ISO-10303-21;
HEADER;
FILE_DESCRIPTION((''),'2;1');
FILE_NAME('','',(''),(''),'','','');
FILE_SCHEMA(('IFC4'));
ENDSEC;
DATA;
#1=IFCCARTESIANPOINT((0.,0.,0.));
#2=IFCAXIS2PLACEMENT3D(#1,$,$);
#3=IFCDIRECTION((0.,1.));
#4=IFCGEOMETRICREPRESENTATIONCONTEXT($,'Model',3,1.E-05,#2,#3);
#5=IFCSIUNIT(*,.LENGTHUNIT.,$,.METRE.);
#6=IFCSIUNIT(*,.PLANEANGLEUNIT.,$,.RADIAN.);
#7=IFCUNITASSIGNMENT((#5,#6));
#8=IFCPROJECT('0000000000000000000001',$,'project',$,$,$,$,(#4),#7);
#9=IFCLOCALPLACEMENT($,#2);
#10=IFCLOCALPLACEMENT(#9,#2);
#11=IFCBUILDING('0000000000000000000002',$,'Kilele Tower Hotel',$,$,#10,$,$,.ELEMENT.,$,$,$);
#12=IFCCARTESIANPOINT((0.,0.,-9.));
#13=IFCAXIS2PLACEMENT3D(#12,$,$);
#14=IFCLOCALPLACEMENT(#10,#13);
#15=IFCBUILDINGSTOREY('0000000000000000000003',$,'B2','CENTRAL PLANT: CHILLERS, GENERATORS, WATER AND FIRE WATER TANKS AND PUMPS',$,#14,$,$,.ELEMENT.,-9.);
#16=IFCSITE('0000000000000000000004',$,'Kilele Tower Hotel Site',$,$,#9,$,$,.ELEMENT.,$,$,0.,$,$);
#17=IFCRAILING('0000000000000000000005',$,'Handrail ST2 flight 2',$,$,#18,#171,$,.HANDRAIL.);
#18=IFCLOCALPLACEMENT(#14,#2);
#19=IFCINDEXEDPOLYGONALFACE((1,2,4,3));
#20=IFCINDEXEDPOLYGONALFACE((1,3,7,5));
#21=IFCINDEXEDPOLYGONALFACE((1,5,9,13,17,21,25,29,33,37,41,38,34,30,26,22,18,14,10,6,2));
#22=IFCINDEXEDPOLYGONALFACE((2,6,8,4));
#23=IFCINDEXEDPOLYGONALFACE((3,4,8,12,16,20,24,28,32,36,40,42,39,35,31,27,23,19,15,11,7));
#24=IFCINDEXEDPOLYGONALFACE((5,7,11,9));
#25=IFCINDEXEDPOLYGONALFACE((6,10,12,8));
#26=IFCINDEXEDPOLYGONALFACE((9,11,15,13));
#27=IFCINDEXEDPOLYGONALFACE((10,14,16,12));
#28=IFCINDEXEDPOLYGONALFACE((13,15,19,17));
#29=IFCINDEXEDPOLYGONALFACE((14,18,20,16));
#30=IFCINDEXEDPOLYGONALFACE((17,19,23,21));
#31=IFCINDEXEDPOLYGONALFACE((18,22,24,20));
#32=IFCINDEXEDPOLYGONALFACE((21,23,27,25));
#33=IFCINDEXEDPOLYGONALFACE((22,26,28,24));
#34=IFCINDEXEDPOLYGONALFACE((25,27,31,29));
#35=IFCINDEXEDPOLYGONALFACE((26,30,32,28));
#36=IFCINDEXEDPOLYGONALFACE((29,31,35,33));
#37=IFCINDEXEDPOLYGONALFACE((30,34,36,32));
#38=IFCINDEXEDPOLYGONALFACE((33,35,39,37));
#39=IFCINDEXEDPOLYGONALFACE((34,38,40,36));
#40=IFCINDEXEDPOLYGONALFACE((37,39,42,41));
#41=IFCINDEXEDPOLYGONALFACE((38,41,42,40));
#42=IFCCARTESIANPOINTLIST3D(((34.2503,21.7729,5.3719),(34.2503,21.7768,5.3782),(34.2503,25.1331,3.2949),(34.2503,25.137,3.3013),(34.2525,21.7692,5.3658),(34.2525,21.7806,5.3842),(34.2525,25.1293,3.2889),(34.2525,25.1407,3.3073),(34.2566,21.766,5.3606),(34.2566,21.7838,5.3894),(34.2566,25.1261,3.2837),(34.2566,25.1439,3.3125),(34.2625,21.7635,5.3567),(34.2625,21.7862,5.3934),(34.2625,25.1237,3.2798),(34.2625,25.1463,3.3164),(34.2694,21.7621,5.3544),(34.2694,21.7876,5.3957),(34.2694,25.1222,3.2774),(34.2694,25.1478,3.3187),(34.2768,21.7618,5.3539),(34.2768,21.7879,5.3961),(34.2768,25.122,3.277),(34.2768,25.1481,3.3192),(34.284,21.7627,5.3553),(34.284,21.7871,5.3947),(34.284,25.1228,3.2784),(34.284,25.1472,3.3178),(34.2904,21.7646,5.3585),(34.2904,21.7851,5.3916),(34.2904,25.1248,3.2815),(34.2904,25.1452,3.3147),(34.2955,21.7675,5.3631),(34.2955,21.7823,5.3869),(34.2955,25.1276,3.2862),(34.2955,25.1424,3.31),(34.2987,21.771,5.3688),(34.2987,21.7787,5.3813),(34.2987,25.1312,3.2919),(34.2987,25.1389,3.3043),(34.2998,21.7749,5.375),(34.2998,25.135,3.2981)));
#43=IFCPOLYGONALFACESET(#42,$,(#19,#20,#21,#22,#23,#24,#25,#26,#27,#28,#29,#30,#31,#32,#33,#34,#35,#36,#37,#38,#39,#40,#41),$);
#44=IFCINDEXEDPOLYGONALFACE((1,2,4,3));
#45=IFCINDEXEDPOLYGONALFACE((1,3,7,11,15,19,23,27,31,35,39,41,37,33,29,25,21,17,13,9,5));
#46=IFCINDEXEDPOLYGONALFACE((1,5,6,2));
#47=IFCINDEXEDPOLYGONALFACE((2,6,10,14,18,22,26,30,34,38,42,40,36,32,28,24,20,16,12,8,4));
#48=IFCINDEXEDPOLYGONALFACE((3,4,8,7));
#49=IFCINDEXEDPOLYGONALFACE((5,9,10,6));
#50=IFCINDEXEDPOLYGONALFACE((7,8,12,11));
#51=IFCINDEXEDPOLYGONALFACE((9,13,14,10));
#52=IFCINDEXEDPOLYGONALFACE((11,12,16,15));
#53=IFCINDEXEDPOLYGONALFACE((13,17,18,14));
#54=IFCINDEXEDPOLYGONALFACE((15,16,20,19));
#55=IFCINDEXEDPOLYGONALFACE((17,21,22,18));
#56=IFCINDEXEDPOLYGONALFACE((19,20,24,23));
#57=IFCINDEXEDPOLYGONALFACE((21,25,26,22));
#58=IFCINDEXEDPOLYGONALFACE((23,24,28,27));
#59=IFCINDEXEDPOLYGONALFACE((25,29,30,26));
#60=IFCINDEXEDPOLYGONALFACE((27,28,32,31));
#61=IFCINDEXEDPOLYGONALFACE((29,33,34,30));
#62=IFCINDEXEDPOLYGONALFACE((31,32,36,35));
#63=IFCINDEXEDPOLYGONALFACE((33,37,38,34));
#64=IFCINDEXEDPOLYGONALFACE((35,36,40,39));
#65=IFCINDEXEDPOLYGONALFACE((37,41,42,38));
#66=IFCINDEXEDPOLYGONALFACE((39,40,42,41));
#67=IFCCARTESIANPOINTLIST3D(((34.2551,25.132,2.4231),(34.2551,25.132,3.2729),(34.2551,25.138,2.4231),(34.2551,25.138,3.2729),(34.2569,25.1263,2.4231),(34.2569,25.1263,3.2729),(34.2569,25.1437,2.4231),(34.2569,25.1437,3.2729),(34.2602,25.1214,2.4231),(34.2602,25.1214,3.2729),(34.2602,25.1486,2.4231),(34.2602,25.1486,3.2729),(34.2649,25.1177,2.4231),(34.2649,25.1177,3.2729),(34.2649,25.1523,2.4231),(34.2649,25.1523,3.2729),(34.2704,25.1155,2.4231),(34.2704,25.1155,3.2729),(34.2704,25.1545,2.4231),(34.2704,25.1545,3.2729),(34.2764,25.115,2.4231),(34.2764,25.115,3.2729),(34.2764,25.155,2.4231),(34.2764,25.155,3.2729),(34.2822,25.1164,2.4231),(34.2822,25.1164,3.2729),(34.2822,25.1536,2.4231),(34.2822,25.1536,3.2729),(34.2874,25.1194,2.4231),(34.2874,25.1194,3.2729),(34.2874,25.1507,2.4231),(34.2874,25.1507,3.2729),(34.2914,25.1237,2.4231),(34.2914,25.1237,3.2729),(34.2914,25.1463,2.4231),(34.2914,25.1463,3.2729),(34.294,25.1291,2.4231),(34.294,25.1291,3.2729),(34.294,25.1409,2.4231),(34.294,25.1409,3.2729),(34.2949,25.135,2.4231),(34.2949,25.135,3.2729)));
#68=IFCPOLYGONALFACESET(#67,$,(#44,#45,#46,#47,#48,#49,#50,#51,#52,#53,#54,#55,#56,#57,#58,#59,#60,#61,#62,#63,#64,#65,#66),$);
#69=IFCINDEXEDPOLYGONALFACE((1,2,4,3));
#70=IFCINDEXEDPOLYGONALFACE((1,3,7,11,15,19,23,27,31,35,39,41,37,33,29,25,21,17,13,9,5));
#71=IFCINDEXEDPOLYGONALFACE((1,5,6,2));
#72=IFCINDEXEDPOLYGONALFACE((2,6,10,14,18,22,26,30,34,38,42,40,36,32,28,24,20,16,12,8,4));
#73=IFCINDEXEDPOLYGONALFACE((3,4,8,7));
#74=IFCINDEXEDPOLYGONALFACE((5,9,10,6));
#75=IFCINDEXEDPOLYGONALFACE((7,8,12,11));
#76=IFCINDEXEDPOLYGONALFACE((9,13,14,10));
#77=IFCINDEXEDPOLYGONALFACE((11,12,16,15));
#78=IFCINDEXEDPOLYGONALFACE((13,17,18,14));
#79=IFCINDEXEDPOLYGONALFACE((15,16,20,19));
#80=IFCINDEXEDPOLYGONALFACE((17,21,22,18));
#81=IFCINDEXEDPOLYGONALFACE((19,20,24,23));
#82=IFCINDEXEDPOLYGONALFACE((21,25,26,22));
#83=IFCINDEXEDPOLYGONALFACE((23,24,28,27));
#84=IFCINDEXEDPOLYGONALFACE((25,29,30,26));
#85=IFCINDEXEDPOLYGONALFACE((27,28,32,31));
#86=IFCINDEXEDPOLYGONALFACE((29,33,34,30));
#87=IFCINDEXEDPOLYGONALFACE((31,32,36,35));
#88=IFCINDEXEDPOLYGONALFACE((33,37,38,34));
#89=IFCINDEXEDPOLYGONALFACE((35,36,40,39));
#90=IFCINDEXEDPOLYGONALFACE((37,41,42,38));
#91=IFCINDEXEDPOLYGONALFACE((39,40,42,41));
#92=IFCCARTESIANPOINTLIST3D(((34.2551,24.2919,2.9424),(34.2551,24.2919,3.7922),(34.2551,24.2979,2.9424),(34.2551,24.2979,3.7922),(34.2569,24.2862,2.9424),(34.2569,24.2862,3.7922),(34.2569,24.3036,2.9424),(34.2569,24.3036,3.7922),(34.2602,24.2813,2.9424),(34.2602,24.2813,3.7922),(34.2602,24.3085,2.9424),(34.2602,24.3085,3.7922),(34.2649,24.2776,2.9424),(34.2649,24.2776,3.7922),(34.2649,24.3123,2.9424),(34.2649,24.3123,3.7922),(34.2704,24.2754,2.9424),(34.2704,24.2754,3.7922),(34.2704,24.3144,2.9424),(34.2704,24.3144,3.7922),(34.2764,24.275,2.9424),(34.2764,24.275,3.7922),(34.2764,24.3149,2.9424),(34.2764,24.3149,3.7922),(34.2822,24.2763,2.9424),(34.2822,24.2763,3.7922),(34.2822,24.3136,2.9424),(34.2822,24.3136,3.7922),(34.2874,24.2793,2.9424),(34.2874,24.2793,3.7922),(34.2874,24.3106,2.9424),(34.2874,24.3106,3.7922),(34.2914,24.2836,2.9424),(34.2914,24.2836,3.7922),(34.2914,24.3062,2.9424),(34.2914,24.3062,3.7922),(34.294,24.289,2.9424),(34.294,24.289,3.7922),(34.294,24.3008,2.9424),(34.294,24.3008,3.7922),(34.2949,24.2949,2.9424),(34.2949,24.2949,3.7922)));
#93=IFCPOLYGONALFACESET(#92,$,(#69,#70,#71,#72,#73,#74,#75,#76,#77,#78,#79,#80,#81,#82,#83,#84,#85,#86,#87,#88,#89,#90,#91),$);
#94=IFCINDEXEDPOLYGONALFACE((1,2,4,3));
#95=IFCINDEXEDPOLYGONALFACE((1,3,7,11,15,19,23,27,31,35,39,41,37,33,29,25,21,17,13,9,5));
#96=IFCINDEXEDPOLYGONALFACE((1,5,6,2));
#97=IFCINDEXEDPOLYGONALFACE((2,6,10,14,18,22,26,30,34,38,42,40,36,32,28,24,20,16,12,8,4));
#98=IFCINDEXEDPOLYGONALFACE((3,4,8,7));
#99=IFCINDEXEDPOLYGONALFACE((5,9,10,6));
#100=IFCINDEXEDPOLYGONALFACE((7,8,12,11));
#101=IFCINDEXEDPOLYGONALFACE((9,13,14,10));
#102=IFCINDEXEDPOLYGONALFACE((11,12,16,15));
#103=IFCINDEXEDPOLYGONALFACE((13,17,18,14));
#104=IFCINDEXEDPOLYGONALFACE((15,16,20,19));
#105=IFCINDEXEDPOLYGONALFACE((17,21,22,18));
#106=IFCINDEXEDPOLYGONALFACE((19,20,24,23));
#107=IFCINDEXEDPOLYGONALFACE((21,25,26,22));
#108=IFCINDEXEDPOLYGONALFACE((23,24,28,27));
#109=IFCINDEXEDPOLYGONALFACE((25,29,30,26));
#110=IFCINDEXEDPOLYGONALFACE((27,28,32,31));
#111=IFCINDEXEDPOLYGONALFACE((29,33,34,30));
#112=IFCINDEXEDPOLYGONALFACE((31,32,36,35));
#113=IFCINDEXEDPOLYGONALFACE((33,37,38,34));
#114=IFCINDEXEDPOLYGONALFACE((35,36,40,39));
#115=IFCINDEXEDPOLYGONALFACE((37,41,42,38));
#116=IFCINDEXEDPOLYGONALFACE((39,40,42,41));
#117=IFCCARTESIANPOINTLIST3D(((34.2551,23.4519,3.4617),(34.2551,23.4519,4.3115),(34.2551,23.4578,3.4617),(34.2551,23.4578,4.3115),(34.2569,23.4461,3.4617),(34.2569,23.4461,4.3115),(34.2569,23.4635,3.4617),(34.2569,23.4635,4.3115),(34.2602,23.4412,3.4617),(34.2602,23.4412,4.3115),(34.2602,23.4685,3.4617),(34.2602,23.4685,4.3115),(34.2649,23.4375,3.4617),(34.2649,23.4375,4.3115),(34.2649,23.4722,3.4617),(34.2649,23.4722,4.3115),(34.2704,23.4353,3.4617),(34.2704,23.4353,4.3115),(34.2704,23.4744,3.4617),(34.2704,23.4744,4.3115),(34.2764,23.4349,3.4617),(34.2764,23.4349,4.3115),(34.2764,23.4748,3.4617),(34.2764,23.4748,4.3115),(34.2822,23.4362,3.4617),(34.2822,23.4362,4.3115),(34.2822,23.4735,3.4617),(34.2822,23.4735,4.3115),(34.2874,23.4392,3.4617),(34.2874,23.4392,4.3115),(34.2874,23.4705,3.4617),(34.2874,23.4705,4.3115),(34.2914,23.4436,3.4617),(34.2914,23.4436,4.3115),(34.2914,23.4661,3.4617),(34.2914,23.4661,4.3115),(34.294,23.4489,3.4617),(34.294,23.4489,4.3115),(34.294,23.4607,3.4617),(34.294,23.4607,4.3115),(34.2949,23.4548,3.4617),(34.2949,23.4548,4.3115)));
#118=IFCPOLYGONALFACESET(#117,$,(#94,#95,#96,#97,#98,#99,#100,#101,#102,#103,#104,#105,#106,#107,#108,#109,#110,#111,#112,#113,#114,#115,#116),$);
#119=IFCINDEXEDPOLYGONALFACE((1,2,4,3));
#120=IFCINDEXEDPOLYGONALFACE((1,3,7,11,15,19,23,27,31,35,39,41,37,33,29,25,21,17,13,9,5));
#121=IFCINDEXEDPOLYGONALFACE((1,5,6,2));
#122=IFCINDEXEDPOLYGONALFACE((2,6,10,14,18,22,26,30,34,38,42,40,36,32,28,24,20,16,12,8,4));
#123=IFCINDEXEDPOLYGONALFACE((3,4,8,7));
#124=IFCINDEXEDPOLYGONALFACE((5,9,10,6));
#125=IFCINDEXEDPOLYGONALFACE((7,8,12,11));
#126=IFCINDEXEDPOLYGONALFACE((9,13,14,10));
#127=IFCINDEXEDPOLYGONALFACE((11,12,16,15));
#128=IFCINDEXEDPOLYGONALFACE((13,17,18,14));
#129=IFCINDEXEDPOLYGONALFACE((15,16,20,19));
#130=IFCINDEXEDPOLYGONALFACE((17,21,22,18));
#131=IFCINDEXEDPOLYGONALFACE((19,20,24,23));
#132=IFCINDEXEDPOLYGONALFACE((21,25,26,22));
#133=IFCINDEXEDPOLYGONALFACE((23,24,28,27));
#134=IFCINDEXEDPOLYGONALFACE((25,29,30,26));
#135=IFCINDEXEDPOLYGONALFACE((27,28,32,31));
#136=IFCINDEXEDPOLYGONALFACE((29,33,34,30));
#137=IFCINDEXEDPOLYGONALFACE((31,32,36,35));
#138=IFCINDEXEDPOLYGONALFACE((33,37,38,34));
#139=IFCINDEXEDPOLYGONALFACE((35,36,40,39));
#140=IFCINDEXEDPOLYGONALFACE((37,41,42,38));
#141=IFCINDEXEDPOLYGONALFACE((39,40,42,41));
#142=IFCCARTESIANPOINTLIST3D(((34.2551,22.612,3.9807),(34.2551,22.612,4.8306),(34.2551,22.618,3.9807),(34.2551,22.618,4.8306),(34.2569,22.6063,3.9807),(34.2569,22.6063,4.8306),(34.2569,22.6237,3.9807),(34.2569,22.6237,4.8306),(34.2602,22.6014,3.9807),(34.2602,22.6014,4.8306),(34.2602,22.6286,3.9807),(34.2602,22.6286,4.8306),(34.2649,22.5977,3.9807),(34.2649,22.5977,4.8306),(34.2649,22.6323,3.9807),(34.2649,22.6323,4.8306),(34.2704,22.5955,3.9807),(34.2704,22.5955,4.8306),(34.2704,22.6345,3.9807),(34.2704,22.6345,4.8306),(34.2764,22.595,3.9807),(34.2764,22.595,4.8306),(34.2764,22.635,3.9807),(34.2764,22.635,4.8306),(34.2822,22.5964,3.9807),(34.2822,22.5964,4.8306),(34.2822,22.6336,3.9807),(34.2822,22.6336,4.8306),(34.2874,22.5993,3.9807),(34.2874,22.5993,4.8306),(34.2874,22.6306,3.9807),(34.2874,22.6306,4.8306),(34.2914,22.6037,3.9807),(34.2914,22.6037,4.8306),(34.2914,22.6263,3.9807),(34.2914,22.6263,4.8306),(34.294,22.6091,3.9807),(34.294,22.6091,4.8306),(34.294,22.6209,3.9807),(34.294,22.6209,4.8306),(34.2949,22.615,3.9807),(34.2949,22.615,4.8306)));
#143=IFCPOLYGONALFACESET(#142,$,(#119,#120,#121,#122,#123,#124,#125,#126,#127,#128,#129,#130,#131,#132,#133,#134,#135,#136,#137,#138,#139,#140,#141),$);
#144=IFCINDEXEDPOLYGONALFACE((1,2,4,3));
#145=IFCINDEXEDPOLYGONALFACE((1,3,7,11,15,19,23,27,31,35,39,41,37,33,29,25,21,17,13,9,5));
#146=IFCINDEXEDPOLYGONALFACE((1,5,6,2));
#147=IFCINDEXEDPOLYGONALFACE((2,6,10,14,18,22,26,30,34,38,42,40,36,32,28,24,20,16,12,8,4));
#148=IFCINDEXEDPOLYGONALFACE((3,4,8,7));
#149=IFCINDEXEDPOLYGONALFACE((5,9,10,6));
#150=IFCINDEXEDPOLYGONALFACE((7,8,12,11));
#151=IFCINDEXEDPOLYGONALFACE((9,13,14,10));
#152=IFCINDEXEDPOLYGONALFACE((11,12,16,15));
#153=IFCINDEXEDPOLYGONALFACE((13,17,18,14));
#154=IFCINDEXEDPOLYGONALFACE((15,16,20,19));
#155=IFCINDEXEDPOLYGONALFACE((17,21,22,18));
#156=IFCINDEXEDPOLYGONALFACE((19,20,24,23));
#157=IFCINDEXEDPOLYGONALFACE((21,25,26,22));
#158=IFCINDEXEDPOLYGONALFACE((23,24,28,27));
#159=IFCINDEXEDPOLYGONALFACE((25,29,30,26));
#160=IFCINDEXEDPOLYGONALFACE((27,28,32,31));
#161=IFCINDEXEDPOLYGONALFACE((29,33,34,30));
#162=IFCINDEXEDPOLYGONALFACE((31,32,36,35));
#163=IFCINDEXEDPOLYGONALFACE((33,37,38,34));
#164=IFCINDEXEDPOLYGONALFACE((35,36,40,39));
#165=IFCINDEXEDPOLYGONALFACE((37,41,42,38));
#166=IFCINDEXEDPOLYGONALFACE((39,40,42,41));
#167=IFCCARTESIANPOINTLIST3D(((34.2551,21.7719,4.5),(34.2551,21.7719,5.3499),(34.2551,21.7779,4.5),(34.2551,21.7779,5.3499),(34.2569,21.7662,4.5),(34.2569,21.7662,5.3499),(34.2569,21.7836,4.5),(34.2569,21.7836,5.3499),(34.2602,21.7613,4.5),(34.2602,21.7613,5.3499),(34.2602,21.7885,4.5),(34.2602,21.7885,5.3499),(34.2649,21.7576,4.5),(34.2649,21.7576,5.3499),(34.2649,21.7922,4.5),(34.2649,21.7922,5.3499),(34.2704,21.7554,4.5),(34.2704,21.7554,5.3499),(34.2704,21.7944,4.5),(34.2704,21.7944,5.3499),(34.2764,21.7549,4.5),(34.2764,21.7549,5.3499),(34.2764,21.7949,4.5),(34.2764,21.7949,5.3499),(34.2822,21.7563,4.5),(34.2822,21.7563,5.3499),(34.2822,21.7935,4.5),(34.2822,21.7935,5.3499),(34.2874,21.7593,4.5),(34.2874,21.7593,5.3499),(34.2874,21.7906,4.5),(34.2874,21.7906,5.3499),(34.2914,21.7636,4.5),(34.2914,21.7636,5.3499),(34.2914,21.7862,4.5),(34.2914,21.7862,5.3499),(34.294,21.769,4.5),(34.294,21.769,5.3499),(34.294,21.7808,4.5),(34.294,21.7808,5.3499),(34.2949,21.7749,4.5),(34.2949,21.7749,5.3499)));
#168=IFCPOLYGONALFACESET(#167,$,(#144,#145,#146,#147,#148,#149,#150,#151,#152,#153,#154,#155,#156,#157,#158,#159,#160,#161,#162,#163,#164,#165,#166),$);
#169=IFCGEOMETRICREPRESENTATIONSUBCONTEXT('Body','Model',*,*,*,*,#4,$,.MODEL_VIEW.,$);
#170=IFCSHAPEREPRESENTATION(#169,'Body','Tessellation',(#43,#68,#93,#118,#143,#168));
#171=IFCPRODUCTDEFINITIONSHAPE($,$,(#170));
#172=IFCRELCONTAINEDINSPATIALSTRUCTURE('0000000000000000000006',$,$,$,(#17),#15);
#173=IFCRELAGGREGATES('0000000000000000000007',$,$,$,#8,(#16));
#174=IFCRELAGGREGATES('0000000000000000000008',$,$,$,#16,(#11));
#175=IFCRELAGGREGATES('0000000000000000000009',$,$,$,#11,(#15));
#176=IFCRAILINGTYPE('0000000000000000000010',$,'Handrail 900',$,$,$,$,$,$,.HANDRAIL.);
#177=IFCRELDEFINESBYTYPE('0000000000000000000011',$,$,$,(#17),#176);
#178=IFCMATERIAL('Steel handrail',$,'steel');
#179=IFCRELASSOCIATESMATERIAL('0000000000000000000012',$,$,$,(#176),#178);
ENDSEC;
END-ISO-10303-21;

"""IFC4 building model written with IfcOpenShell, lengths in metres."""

from ifc_helpers import new_model, si_unit, direction, frame, origin, origin_2d, place, context, subcontext, project, spatial, circle, extrude, material, type_object, element, save


model = new_model("IFC4")

# Units and contexts
model_context = context("Model", 3, precision=1e-05, world=origin(), true_north=direction((0.0, 1.0)))
body_context = subcontext(model_context, "Body", "Model", "MODEL_VIEW")
ifc_project = project(units=[si_unit("LENGTHUNIT", "METRE"), si_unit("PLANEANGLEUNIT", "RADIAN")], contexts=[model_context])

# Site, building, storey
site_placement = place(None, origin())
site = spatial("IfcSite", under=ifc_project, at=site_placement, Name="Kilele Tower Hotel Site", CompositionType="ELEMENT", RefElevation=0.0)
building_placement = place(site_placement, origin())
building = spatial("IfcBuilding", under=site, at=building_placement, Name="Kilele Tower Hotel", CompositionType="ELEMENT")
storey_placement = place(building_placement, frame((0.0, 0.0, -9.0)))
storey = spatial("IfcBuildingStorey", under=building, at=storey_placement, Name="B2", Description="CENTRAL PLANT: CHILLERS, GENERATORS, WATER AND FIRE WATER TANKS AND PUMPS", CompositionType="ELEMENT", Elevation=-9.0)

# Railing
ifc_material_1 = material(Name="Steel handrail", Category="steel")
railing_type_1 = type_object("IfcRailingType", Name="Handrail 900", PredefinedType="HANDRAIL", material=ifc_material_1)
for number, where, name in (
    (1, (34.2749, 25.135, 2.4231), "Handrail ST2 flight 2"),
):
    element("IfcRailing", number, at=place(storey_placement, frame(where)), inside=storey, type_object=railing_type_1, Name=name, PredefinedType="HANDRAIL", context=body_context, shape_type="SweptSolid", body=[
        extrude(circle(Radius=0.0249, at=origin_2d()), frame((0.0, 0.0, 0.875), z_axis=(0.0, -0.850623, 0.525776), x_axis=(1.0, 0.0, 0.0)), (0.0, 0.0, 1.0), 3.9502),
        extrude(circle(Radius=0.02, at=origin_2d()), origin(), (0.0, 0.0, 1.0), 0.8499),
        extrude(circle(Radius=0.02, at=origin_2d()), frame((0.0, -0.8401, 0.5193)), (0.0, 0.0, 1.0), 0.8499),
        extrude(circle(Radius=0.02, at=origin_2d()), frame((0.0, -1.6802, 1.0386)), (0.0, 0.0, 1.0), 0.8499),
        extrude(circle(Radius=0.02, at=origin_2d()), frame((0.0, -2.52, 1.5576)), (0.0, 0.0, 1.0), 0.8499),
        extrude(circle(Radius=0.02, at=origin_2d()), frame((0.0, -3.3601, 2.0769)), (0.0, 0.0, 1.0), 0.8499),
    ])

save(model, "model.ifc")
